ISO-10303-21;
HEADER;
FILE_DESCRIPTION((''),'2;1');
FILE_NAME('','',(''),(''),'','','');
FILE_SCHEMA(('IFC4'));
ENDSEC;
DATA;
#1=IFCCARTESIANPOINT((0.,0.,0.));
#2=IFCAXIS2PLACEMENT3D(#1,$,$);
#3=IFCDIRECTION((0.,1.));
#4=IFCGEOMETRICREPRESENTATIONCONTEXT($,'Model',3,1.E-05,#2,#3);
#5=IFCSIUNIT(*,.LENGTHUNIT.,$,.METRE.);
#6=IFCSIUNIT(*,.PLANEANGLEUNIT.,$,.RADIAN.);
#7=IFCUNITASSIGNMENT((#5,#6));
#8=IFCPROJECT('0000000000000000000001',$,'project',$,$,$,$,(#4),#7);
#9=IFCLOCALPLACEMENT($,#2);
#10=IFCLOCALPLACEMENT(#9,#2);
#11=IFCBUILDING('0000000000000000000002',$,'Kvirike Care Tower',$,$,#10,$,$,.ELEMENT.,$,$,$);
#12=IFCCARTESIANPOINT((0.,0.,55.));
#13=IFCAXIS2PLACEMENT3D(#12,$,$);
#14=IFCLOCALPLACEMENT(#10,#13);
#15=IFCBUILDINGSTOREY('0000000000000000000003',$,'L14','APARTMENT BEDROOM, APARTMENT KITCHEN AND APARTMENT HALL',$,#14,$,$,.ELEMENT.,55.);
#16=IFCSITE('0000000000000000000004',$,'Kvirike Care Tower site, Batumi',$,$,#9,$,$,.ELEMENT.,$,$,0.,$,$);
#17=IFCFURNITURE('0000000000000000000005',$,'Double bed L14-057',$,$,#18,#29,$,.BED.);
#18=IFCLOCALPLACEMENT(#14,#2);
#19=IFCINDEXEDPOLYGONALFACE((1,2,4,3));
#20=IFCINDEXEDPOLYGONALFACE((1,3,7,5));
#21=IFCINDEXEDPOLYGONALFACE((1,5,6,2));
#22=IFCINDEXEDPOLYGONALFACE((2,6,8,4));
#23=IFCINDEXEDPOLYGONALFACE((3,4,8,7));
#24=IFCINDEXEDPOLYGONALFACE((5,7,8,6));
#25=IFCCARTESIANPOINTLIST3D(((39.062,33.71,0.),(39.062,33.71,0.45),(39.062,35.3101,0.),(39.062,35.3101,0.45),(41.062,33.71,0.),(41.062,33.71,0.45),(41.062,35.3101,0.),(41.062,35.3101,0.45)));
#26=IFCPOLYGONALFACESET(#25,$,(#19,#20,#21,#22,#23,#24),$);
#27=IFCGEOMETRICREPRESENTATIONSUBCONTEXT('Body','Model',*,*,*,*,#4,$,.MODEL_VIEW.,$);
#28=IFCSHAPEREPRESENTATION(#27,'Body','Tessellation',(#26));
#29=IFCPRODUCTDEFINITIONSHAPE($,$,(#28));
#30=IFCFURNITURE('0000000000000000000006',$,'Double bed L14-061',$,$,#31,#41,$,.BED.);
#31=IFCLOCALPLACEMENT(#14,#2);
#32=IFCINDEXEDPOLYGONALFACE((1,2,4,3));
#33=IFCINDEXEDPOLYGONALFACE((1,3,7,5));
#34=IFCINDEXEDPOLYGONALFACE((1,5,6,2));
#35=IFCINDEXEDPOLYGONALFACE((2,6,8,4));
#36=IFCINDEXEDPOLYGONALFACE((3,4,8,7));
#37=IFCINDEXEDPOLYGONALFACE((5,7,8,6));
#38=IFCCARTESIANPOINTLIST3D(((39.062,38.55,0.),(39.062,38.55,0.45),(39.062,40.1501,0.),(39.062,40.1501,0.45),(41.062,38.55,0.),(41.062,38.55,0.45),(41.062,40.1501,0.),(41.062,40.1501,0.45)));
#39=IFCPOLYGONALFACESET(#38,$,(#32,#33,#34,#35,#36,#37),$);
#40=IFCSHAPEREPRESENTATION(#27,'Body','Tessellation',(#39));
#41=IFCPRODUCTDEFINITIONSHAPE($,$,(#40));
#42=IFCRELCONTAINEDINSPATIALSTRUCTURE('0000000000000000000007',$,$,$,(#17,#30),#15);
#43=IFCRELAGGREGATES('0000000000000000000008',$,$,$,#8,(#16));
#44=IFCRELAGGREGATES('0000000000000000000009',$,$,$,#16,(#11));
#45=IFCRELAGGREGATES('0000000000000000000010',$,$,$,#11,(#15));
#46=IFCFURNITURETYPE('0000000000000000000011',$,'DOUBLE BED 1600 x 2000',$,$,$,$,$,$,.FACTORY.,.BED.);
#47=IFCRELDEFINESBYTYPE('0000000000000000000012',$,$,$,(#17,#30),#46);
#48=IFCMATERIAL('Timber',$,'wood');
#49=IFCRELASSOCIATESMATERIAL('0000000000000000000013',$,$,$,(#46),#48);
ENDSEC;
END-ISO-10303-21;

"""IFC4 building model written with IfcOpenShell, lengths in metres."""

from ifc_helpers import new_model, si_unit, direction, frame, origin, origin_2d, place, context, subcontext, project, spatial, rectangle, extrude, material, type_object, element, save


model = new_model("IFC4")

# Units and contexts
model_context = context("Model", 3, precision=1e-05, world=origin(), true_north=direction((0.0, 1.0)))
body_context = subcontext(model_context, "Body", "Model", "MODEL_VIEW")
ifc_project = project(units=[si_unit("LENGTHUNIT", "METRE"), si_unit("PLANEANGLEUNIT", "RADIAN")], contexts=[model_context])

# Site, building, storey
site_placement = place(None, origin())
site = spatial("IfcSite", under=ifc_project, at=site_placement, Name="Kvirike Care Tower site, Batumi", CompositionType="ELEMENT", RefElevation=0.0)
building_placement = place(site_placement, origin())
building = spatial("IfcBuilding", under=site, at=building_placement, Name="Kvirike Care Tower", CompositionType="ELEMENT")
storey_placement = place(building_placement, frame((0.0, 0.0, 55.0)))
storey = spatial("IfcBuildingStorey", under=building, at=storey_placement, Name="L14", Description="APARTMENT BEDROOM, APARTMENT KITCHEN AND APARTMENT HALL", CompositionType="ELEMENT", Elevation=55.0)

# Furniture
ifc_material_1 = material(Name="Timber", Category="wood")
furniture_type = type_object("IfcFurnitureType", Name="DOUBLE BED 1600 x 2000", AssemblyPlace="FACTORY", PredefinedType="BED", material=ifc_material_1)
for number, where, z_axis, x_axis, name in (
    (1, (40.062, 34.51, 0.0), (0.0, 0.0, 1.0), (0.0, 1.0, 0.0), "Double bed L14-057"),
    (2, (40.062, 39.3501, 0.0), (0.0, 0.0, 1.0), (0.0, 1.0, 0.0), "Double bed L14-061"),
):
    element("IfcFurniture", number, at=place(storey_placement, frame(where, z_axis=z_axis, x_axis=x_axis)), inside=storey, type_object=furniture_type, Name=name, PredefinedType="BED", context=body_context, shape_type="SweptSolid", body=[
        extrude(rectangle(XDim=1.6001, YDim=2.0, at=origin_2d()), origin(), (0.0, 0.0, 1.0), 0.45),
    ])

save(model, "model.ifc")
